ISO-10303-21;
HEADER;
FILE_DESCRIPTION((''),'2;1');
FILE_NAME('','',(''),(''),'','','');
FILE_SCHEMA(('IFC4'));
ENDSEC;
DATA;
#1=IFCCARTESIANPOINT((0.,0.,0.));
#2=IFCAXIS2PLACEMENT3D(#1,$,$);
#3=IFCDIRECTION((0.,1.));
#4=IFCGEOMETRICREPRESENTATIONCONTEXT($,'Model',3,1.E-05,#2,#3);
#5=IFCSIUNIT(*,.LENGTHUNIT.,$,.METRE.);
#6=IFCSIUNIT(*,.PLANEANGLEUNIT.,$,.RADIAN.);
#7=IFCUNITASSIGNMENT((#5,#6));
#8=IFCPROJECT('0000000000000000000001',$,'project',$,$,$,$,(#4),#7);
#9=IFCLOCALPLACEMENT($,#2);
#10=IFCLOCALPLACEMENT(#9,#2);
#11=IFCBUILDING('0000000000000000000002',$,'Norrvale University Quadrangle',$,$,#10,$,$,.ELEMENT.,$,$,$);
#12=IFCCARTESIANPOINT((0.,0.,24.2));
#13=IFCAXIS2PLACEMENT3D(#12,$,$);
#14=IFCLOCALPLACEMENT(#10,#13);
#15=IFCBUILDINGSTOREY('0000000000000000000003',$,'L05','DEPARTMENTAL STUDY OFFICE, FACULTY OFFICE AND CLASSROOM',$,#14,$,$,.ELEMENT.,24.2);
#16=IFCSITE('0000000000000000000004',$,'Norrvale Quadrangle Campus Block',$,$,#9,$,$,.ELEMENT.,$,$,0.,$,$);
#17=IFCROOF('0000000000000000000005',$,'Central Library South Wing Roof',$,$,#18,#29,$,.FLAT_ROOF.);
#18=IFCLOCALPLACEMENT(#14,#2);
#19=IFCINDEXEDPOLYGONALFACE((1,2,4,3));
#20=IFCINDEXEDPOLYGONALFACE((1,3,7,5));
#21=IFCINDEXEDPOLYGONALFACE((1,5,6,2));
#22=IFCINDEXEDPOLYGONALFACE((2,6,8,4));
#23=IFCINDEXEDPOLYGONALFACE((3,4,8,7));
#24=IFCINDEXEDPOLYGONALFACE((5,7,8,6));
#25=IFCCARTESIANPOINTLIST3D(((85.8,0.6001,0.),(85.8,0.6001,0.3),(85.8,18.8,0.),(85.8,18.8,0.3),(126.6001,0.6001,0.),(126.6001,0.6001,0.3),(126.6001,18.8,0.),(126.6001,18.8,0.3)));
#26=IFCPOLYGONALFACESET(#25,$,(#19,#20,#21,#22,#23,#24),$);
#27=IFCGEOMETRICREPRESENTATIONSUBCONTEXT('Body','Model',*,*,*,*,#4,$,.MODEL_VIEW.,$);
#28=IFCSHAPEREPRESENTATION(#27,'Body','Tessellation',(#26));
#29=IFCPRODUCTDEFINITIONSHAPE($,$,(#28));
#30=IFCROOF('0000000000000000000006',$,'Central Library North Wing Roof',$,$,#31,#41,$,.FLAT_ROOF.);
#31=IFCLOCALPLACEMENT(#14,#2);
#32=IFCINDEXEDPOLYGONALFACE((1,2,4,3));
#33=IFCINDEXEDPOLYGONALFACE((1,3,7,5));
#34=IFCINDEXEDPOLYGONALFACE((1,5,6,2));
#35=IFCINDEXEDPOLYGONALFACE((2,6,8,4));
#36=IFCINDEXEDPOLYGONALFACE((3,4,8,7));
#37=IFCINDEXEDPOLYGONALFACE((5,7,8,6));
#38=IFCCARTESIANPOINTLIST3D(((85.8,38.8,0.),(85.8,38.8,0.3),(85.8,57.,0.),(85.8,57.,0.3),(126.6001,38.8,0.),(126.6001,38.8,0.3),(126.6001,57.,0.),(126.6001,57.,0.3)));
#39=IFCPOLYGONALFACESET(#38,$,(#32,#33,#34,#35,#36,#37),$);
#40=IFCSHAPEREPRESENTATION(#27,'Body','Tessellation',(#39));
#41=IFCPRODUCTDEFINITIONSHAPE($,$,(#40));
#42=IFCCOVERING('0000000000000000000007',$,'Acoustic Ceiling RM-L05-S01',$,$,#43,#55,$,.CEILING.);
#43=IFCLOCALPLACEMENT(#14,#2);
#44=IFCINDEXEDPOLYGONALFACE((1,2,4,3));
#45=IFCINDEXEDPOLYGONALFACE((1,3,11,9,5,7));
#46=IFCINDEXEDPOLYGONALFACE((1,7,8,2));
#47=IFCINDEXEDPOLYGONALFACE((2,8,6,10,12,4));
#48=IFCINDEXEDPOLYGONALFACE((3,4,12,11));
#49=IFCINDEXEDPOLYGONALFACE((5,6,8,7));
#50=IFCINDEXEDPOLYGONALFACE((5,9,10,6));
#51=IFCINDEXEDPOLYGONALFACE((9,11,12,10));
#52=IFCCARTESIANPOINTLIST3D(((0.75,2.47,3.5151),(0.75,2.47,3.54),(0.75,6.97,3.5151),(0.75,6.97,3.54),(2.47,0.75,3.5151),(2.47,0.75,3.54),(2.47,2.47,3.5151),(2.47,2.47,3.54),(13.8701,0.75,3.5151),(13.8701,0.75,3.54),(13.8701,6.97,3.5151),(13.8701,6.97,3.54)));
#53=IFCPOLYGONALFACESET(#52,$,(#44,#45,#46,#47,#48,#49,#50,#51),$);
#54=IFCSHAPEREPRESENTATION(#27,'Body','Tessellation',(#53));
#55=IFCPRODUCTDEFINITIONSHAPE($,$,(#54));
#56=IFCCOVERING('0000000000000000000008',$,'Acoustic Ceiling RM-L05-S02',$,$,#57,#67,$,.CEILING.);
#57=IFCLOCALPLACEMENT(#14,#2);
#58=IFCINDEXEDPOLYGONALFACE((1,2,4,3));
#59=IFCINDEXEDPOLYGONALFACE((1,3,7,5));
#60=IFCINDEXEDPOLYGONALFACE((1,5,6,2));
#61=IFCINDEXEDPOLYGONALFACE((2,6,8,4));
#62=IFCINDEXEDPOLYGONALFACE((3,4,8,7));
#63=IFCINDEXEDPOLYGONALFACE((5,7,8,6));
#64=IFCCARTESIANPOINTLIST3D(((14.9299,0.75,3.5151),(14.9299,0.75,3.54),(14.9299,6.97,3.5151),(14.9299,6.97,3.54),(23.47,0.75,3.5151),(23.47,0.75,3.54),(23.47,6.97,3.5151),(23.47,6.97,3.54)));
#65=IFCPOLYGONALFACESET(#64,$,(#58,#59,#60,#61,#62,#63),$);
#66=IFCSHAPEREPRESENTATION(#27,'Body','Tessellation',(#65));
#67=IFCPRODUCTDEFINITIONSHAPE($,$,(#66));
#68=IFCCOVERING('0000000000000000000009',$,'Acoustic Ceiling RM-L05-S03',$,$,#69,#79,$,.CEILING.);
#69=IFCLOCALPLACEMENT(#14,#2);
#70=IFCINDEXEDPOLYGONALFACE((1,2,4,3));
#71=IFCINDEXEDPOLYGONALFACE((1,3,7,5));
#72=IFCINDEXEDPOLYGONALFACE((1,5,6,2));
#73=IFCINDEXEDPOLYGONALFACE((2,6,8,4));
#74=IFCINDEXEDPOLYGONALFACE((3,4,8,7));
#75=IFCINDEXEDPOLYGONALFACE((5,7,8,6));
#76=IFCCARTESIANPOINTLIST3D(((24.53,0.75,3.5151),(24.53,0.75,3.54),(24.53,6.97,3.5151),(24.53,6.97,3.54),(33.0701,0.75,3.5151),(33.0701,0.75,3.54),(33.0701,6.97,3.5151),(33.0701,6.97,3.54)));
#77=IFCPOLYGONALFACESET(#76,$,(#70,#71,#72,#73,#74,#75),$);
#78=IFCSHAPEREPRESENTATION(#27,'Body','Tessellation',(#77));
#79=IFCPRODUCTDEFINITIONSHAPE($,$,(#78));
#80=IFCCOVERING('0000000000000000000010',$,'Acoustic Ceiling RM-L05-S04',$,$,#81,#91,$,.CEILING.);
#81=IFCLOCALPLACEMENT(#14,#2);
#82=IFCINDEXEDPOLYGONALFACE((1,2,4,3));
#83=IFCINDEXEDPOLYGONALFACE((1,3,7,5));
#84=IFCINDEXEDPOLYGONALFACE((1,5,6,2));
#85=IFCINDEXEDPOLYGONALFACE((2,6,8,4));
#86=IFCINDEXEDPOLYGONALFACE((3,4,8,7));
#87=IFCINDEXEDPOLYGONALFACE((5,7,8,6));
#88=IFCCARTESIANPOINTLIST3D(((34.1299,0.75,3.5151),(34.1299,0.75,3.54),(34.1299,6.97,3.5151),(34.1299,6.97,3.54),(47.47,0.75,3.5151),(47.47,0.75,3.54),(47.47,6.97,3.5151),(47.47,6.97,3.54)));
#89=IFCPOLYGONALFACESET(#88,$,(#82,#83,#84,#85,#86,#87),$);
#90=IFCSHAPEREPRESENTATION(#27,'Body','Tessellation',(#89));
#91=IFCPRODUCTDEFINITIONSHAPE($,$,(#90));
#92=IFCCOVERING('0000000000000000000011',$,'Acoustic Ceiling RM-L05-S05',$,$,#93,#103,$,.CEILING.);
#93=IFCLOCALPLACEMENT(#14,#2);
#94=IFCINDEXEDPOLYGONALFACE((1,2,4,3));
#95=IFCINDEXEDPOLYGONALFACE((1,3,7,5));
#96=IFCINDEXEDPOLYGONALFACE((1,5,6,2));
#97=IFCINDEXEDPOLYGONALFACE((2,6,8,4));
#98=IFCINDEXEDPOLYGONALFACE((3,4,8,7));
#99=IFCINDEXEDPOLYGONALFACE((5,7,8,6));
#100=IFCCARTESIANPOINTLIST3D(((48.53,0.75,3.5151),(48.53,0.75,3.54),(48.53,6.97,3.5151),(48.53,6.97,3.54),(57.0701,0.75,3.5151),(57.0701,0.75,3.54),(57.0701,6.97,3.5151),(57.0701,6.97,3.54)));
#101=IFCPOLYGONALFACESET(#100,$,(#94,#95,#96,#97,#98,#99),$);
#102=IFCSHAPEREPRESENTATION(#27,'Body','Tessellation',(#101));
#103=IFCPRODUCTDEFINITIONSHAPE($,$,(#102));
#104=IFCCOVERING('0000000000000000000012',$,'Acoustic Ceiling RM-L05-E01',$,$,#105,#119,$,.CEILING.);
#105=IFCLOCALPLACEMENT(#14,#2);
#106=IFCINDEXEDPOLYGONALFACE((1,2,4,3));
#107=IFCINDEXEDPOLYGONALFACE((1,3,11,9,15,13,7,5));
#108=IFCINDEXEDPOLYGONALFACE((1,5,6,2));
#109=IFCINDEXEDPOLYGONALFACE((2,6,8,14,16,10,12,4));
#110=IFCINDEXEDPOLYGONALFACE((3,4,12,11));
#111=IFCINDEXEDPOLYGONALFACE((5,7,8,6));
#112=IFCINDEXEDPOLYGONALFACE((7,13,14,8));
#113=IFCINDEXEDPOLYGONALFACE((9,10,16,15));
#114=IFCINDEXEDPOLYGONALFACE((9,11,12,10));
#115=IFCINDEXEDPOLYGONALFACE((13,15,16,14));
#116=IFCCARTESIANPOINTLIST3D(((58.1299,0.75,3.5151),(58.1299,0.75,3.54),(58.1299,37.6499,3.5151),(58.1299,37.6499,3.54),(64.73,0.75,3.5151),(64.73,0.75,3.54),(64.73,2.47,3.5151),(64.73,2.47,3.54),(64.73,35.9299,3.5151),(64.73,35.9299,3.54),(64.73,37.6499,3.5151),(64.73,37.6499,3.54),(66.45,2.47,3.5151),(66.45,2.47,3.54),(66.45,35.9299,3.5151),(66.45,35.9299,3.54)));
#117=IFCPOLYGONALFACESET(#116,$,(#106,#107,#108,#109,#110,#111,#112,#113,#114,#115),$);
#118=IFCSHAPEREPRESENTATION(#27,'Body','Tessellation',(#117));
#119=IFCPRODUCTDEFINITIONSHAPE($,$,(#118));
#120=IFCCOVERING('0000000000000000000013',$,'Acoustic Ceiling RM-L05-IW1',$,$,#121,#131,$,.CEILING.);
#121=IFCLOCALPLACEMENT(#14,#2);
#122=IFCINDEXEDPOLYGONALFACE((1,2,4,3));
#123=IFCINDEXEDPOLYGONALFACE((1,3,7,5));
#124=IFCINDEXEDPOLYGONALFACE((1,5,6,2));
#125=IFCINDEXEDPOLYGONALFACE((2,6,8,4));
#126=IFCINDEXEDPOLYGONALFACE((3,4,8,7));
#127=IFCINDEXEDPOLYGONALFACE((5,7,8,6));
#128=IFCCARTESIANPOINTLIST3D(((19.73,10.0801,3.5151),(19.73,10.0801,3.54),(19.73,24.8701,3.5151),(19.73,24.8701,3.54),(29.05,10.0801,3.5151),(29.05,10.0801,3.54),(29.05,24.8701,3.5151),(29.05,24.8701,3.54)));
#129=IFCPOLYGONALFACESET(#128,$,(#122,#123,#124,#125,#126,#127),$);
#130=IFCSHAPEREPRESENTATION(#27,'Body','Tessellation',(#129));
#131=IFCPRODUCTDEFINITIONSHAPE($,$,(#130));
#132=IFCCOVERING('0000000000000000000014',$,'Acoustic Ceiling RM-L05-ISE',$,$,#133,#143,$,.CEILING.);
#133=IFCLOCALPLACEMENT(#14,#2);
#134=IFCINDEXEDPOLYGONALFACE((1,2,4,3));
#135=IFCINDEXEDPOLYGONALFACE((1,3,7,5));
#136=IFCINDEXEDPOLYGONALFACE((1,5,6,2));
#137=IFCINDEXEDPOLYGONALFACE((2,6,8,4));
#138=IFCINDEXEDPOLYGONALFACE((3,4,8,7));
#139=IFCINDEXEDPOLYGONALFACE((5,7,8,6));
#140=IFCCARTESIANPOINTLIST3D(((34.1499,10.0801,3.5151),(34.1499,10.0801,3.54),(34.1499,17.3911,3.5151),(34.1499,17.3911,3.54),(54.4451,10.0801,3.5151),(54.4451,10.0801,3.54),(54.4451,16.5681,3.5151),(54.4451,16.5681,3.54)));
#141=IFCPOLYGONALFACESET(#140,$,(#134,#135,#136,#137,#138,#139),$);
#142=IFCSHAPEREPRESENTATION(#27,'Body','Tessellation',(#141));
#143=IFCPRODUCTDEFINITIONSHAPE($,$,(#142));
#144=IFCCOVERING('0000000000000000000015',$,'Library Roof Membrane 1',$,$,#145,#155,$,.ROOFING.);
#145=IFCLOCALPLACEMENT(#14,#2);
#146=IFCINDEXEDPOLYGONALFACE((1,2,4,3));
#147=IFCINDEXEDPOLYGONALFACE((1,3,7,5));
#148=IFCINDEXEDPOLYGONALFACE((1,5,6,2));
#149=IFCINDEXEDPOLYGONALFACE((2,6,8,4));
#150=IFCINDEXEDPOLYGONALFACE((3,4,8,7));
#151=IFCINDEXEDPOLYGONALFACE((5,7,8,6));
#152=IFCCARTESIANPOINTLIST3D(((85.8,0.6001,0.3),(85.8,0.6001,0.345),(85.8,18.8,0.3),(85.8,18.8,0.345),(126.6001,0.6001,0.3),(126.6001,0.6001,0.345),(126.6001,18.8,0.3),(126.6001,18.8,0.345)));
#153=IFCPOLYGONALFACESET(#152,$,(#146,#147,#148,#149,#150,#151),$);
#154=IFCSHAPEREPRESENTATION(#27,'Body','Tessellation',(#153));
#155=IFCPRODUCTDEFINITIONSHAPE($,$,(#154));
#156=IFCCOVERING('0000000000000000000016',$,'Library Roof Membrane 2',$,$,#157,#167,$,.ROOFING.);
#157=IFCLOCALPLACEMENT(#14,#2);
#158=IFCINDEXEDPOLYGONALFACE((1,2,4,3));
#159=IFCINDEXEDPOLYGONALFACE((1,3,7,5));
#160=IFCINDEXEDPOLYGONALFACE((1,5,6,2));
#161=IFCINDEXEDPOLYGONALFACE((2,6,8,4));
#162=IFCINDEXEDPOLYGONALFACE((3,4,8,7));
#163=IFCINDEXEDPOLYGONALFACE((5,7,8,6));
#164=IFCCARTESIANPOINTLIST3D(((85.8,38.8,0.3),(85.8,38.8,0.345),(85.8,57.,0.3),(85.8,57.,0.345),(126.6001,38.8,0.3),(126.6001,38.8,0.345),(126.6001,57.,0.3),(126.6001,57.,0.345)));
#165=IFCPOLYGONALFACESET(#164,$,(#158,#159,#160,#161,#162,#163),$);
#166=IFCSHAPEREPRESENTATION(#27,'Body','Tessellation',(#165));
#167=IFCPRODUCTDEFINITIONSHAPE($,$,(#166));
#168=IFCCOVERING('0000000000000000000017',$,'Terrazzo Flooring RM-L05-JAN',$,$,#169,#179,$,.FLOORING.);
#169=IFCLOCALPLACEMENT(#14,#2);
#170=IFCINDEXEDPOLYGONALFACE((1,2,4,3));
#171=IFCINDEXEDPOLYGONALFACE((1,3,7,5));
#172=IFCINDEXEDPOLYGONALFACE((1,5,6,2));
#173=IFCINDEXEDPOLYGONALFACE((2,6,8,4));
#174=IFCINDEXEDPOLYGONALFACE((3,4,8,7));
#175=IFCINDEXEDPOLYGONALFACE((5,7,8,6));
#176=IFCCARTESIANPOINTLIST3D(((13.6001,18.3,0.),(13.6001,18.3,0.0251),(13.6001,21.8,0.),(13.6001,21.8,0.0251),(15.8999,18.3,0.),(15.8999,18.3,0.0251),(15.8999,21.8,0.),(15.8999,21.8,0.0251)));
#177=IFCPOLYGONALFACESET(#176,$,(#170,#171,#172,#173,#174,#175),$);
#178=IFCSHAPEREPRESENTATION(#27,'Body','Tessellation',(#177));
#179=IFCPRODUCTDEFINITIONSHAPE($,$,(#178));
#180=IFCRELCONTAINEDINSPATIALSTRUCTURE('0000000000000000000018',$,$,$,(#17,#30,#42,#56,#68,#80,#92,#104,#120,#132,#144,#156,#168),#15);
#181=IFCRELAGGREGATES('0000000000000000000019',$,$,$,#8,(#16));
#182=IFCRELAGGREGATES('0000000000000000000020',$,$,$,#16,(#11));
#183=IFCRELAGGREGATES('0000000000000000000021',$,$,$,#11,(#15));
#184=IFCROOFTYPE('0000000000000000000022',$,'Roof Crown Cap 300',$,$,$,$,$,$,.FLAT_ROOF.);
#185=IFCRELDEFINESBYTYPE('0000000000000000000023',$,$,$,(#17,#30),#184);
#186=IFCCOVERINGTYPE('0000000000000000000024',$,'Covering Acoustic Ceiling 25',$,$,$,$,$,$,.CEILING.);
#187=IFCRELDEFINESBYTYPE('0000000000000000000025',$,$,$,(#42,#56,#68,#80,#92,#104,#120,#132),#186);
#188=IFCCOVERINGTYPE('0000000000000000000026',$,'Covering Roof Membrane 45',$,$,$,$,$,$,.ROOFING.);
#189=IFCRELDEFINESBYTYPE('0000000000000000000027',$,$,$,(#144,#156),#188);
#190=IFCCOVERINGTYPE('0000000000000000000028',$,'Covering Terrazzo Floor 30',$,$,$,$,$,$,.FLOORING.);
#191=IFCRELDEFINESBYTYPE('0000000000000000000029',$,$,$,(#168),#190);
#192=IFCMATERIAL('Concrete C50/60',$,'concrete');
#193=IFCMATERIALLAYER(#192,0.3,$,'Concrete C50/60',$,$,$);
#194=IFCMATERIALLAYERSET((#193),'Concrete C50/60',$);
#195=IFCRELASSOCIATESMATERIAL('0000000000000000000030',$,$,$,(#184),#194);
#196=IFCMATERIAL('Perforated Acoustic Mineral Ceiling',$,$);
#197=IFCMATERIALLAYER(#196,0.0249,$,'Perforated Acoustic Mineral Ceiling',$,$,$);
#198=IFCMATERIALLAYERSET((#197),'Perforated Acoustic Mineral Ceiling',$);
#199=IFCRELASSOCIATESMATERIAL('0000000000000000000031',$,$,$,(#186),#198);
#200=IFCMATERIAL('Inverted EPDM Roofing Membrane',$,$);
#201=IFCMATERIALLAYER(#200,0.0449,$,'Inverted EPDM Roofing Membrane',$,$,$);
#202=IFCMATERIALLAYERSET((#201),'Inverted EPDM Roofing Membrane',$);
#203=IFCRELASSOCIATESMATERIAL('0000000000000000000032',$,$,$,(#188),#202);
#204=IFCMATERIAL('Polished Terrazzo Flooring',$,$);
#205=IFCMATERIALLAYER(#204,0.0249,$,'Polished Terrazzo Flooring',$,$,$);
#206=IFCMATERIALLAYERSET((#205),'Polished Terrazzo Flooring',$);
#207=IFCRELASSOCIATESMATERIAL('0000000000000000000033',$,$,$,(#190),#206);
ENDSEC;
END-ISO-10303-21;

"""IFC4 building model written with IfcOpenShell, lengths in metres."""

from ifc_helpers import new_model, si_unit, direction, frame, origin, place, context, subcontext, project, spatial, polyline, outline, extrude, material, layer, layer_set, type_object, element, save


model = new_model("IFC4")

# Units and contexts
model_context = context("Model", 3, precision=1e-05, world=origin(), true_north=direction((0.0, 1.0)))
body_context = subcontext(model_context, "Body", "Model", "MODEL_VIEW")
ifc_project = project(units=[si_unit("LENGTHUNIT", "METRE"), si_unit("PLANEANGLEUNIT", "RADIAN")], contexts=[model_context])

# Site, building, storey
site_placement = place(None, origin())
site = spatial("IfcSite", under=ifc_project, at=site_placement, Name="Norrvale Quadrangle Campus Block", CompositionType="ELEMENT", RefElevation=0.0)
building_placement = place(site_placement, origin())
building = spatial("IfcBuilding", under=site, at=building_placement, Name="Norrvale University Quadrangle", CompositionType="ELEMENT")
storey_placement = place(building_placement, frame((0.0, 0.0, 24.2)))
storey = spatial("IfcBuildingStorey", under=building, at=storey_placement, Name="L05", Description="DEPARTMENTAL STUDY OFFICE, FACULTY OFFICE AND CLASSROOM", CompositionType="ELEMENT", Elevation=24.2)

# Shared definitions
ifc_material_1 = material(Name="Concrete C50/60", Category="concrete")

# Roofs
ifc_layer_1 = layer(ifc_material_1, 0.3, Name="Concrete C50/60")
ifc_layer_set_1 = layer_set([ifc_layer_1], Name="Concrete C50/60")
roof_type = type_object("IfcRoofType", Name="Roof Crown Cap 300", PredefinedType="FLAT_ROOF", material=ifc_layer_set_1)
roof_1_placement = place(storey_placement, origin())
element("IfcRoof", 1, at=roof_1_placement, inside=storey, type_object=roof_type, Name="Central Library South Wing Roof", PredefinedType="FLAT_ROOF", context=body_context, shape_type="SweptSolid", body=[
    extrude(outline(polyline([(85.8, 0.6001), (126.6001, 0.6001), (126.6001, 18.8), (85.8, 18.8), (85.8, 0.6001)])), origin(), (0.0, 0.0, 1.0), 0.3),
])
roof_2_placement = place(storey_placement, origin())
element("IfcRoof", 2, at=roof_2_placement, inside=storey, type_object=roof_type, Name="Central Library North Wing Roof", PredefinedType="FLAT_ROOF", context=body_context, shape_type="SweptSolid", body=[
    extrude(outline(polyline([(85.8, 38.8), (126.6001, 38.8), (126.6001, 57.0), (85.8, 57.0), (85.8, 38.8)])), origin(), (0.0, 0.0, 1.0), 0.3),
])

# Coverings
ifc_material_2 = material(Name="Perforated Acoustic Mineral Ceiling")
ifc_layer_2 = layer(ifc_material_2, 0.0249, Name="Perforated Acoustic Mineral Ceiling")
ifc_layer_set_2 = layer_set([ifc_layer_2], Name="Perforated Acoustic Mineral Ceiling")
covering_type_1 = type_object("IfcCoveringType", Name="Covering Acoustic Ceiling 25", PredefinedType="CEILING", material=ifc_layer_set_2)
covering_1_placement = place(storey_placement, frame((0.0, 0.0, 3.5151)))
element("IfcCovering", 3, at=covering_1_placement, inside=storey, type_object=covering_type_1, Name="Acoustic Ceiling RM-L05-S01", PredefinedType="CEILING", context=body_context, shape_type="SweptSolid", body=[
    extrude(outline(polyline([(0.75, 6.97), (13.8701, 6.97), (13.8701, 0.75), (2.47, 0.75), (2.47, 2.47), (0.75, 2.47), (0.75, 6.97)])), origin(), (0.0, 0.0, 1.0), 0.0249),
])
covering_2_placement = place(storey_placement, frame((0.0, 0.0, 3.5151)))
element("IfcCovering", 4, at=covering_2_placement, inside=storey, type_object=covering_type_1, Name="Acoustic Ceiling RM-L05-S02", PredefinedType="CEILING", context=body_context, shape_type="SweptSolid", body=[
    extrude(outline(polyline([(14.9299, 6.97), (23.47, 6.97), (23.47, 0.75), (14.9299, 0.75), (14.9299, 6.97)])), origin(), (0.0, 0.0, 1.0), 0.0249),
])
covering_3_placement = place(storey_placement, frame((0.0, 0.0, 3.5151)))
element("IfcCovering", 5, at=covering_3_placement, inside=storey, type_object=covering_type_1, Name="Acoustic Ceiling RM-L05-S03", PredefinedType="CEILING", context=body_context, shape_type="SweptSolid", body=[
    extrude(outline(polyline([(24.53, 6.97), (33.0701, 6.97), (33.0701, 0.75), (24.53, 0.75), (24.53, 6.97)])), origin(), (0.0, 0.0, 1.0), 0.0249),
])
covering_4_placement = place(storey_placement, frame((0.0, 0.0, 3.5151)))
element("IfcCovering", 6, at=covering_4_placement, inside=storey, type_object=covering_type_1, Name="Acoustic Ceiling RM-L05-S04", PredefinedType="CEILING", context=body_context, shape_type="SweptSolid", body=[
    extrude(outline(polyline([(34.1299, 6.97), (47.47, 6.97), (47.47, 0.75), (34.1299, 0.75), (34.1299, 6.97)])), origin(), (0.0, 0.0, 1.0), 0.0249),
])
covering_5_placement = place(storey_placement, frame((0.0, 0.0, 3.5151)))
element("IfcCovering", 7, at=covering_5_placement, inside=storey, type_object=covering_type_1, Name="Acoustic Ceiling RM-L05-S05", PredefinedType="CEILING", context=body_context, shape_type="SweptSolid", body=[
    extrude(outline(polyline([(48.53, 6.97), (57.0701, 6.97), (57.0701, 0.75), (48.53, 0.75), (48.53, 6.97)])), origin(), (0.0, 0.0, 1.0), 0.0249),
])
covering_6_placement = place(storey_placement, frame((0.0, 0.0, 3.5151)))
element("IfcCovering", 8, at=covering_6_placement, inside=storey, type_object=covering_type_1, Name="Acoustic Ceiling RM-L05-E01", PredefinedType="CEILING", context=body_context, shape_type="SweptSolid", body=[
    extrude(outline(polyline([(58.1299, 0.75), (58.1299, 37.6499), (64.73, 37.6499), (64.73, 35.9299), (66.45, 35.9299), (66.45, 2.47), (64.73, 2.47), (64.73, 0.75), (58.1299, 0.75)])), origin(), (0.0, 0.0, 1.0), 0.0249),
])
covering_7_placement = place(storey_placement, frame((0.0, 0.0, 3.5151)))
element("IfcCovering", 9, at=covering_7_placement, inside=storey, type_object=covering_type_1, Name="Acoustic Ceiling RM-L05-IW1", PredefinedType="CEILING", context=body_context, shape_type="SweptSolid", body=[
    extrude(outline(polyline([(19.73, 10.0801), (19.73, 24.8701), (29.05, 24.8701), (29.05, 10.0801), (19.73, 10.0801)])), origin(), (0.0, 0.0, 1.0), 0.0249),
])
covering_8_placement = place(storey_placement, frame((0.0, 0.0, 3.5151)))
element("IfcCovering", 10, at=covering_8_placement, inside=storey, type_object=covering_type_1, Name="Acoustic Ceiling RM-L05-ISE", PredefinedType="CEILING", context=body_context, shape_type="SweptSolid", body=[
    extrude(outline(polyline([(34.1499, 10.0801), (34.1499, 17.3911), (54.4451, 16.5681), (54.4451, 10.0801), (34.1499, 10.0801)])), origin(), (0.0, 0.0, 1.0), 0.0249),
])
ifc_material_3 = material(Name="Inverted EPDM Roofing Membrane")
ifc_layer_3 = layer(ifc_material_3, 0.0449, Name="Inverted EPDM Roofing Membrane")
ifc_layer_set_3 = layer_set([ifc_layer_3], Name="Inverted EPDM Roofing Membrane")
covering_type_2 = type_object("IfcCoveringType", Name="Covering Roof Membrane 45", PredefinedType="ROOFING", material=ifc_layer_set_3)
covering_9_placement = place(storey_placement, frame((0.0, 0.0, 0.3)))
element("IfcCovering", 11, at=covering_9_placement, inside=storey, type_object=covering_type_2, Name="Library Roof Membrane 1", PredefinedType="ROOFING", context=body_context, shape_type="SweptSolid", body=[
    extrude(outline(polyline([(85.8, 0.6001), (126.6001, 0.6001), (126.6001, 18.8), (85.8, 18.8), (85.8, 0.6001)])), origin(), (0.0, 0.0, 1.0), 0.0449),
])
covering_10_placement = place(storey_placement, frame((0.0, 0.0, 0.3)))
element("IfcCovering", 12, at=covering_10_placement, inside=storey, type_object=covering_type_2, Name="Library Roof Membrane 2", PredefinedType="ROOFING", context=body_context, shape_type="SweptSolid", body=[
    extrude(outline(polyline([(85.8, 38.8), (126.6001, 38.8), (126.6001, 57.0), (85.8, 57.0), (85.8, 38.8)])), origin(), (0.0, 0.0, 1.0), 0.0449),
])
ifc_material_4 = material(Name="Polished Terrazzo Flooring")
ifc_layer_4 = layer(ifc_material_4, 0.0249, Name="Polished Terrazzo Flooring")
ifc_layer_set_4 = layer_set([ifc_layer_4], Name="Polished Terrazzo Flooring")
covering_type_3 = type_object("IfcCoveringType", Name="Covering Terrazzo Floor 30", PredefinedType="FLOORING", material=ifc_layer_set_4)
covering_11_placement = place(storey_placement, origin())
element("IfcCovering", 13, at=covering_11_placement, inside=storey, type_object=covering_type_3, Name="Terrazzo Flooring RM-L05-JAN", PredefinedType="FLOORING", context=body_context, shape_type="SweptSolid", body=[
    extrude(outline(polyline([(13.6001, 18.3), (13.6001, 21.8), (15.8999, 21.8), (15.8999, 18.3), (13.6001, 18.3)])), origin(), (0.0, 0.0, 1.0), 0.0251),
])

save(model, "model.ifc")
